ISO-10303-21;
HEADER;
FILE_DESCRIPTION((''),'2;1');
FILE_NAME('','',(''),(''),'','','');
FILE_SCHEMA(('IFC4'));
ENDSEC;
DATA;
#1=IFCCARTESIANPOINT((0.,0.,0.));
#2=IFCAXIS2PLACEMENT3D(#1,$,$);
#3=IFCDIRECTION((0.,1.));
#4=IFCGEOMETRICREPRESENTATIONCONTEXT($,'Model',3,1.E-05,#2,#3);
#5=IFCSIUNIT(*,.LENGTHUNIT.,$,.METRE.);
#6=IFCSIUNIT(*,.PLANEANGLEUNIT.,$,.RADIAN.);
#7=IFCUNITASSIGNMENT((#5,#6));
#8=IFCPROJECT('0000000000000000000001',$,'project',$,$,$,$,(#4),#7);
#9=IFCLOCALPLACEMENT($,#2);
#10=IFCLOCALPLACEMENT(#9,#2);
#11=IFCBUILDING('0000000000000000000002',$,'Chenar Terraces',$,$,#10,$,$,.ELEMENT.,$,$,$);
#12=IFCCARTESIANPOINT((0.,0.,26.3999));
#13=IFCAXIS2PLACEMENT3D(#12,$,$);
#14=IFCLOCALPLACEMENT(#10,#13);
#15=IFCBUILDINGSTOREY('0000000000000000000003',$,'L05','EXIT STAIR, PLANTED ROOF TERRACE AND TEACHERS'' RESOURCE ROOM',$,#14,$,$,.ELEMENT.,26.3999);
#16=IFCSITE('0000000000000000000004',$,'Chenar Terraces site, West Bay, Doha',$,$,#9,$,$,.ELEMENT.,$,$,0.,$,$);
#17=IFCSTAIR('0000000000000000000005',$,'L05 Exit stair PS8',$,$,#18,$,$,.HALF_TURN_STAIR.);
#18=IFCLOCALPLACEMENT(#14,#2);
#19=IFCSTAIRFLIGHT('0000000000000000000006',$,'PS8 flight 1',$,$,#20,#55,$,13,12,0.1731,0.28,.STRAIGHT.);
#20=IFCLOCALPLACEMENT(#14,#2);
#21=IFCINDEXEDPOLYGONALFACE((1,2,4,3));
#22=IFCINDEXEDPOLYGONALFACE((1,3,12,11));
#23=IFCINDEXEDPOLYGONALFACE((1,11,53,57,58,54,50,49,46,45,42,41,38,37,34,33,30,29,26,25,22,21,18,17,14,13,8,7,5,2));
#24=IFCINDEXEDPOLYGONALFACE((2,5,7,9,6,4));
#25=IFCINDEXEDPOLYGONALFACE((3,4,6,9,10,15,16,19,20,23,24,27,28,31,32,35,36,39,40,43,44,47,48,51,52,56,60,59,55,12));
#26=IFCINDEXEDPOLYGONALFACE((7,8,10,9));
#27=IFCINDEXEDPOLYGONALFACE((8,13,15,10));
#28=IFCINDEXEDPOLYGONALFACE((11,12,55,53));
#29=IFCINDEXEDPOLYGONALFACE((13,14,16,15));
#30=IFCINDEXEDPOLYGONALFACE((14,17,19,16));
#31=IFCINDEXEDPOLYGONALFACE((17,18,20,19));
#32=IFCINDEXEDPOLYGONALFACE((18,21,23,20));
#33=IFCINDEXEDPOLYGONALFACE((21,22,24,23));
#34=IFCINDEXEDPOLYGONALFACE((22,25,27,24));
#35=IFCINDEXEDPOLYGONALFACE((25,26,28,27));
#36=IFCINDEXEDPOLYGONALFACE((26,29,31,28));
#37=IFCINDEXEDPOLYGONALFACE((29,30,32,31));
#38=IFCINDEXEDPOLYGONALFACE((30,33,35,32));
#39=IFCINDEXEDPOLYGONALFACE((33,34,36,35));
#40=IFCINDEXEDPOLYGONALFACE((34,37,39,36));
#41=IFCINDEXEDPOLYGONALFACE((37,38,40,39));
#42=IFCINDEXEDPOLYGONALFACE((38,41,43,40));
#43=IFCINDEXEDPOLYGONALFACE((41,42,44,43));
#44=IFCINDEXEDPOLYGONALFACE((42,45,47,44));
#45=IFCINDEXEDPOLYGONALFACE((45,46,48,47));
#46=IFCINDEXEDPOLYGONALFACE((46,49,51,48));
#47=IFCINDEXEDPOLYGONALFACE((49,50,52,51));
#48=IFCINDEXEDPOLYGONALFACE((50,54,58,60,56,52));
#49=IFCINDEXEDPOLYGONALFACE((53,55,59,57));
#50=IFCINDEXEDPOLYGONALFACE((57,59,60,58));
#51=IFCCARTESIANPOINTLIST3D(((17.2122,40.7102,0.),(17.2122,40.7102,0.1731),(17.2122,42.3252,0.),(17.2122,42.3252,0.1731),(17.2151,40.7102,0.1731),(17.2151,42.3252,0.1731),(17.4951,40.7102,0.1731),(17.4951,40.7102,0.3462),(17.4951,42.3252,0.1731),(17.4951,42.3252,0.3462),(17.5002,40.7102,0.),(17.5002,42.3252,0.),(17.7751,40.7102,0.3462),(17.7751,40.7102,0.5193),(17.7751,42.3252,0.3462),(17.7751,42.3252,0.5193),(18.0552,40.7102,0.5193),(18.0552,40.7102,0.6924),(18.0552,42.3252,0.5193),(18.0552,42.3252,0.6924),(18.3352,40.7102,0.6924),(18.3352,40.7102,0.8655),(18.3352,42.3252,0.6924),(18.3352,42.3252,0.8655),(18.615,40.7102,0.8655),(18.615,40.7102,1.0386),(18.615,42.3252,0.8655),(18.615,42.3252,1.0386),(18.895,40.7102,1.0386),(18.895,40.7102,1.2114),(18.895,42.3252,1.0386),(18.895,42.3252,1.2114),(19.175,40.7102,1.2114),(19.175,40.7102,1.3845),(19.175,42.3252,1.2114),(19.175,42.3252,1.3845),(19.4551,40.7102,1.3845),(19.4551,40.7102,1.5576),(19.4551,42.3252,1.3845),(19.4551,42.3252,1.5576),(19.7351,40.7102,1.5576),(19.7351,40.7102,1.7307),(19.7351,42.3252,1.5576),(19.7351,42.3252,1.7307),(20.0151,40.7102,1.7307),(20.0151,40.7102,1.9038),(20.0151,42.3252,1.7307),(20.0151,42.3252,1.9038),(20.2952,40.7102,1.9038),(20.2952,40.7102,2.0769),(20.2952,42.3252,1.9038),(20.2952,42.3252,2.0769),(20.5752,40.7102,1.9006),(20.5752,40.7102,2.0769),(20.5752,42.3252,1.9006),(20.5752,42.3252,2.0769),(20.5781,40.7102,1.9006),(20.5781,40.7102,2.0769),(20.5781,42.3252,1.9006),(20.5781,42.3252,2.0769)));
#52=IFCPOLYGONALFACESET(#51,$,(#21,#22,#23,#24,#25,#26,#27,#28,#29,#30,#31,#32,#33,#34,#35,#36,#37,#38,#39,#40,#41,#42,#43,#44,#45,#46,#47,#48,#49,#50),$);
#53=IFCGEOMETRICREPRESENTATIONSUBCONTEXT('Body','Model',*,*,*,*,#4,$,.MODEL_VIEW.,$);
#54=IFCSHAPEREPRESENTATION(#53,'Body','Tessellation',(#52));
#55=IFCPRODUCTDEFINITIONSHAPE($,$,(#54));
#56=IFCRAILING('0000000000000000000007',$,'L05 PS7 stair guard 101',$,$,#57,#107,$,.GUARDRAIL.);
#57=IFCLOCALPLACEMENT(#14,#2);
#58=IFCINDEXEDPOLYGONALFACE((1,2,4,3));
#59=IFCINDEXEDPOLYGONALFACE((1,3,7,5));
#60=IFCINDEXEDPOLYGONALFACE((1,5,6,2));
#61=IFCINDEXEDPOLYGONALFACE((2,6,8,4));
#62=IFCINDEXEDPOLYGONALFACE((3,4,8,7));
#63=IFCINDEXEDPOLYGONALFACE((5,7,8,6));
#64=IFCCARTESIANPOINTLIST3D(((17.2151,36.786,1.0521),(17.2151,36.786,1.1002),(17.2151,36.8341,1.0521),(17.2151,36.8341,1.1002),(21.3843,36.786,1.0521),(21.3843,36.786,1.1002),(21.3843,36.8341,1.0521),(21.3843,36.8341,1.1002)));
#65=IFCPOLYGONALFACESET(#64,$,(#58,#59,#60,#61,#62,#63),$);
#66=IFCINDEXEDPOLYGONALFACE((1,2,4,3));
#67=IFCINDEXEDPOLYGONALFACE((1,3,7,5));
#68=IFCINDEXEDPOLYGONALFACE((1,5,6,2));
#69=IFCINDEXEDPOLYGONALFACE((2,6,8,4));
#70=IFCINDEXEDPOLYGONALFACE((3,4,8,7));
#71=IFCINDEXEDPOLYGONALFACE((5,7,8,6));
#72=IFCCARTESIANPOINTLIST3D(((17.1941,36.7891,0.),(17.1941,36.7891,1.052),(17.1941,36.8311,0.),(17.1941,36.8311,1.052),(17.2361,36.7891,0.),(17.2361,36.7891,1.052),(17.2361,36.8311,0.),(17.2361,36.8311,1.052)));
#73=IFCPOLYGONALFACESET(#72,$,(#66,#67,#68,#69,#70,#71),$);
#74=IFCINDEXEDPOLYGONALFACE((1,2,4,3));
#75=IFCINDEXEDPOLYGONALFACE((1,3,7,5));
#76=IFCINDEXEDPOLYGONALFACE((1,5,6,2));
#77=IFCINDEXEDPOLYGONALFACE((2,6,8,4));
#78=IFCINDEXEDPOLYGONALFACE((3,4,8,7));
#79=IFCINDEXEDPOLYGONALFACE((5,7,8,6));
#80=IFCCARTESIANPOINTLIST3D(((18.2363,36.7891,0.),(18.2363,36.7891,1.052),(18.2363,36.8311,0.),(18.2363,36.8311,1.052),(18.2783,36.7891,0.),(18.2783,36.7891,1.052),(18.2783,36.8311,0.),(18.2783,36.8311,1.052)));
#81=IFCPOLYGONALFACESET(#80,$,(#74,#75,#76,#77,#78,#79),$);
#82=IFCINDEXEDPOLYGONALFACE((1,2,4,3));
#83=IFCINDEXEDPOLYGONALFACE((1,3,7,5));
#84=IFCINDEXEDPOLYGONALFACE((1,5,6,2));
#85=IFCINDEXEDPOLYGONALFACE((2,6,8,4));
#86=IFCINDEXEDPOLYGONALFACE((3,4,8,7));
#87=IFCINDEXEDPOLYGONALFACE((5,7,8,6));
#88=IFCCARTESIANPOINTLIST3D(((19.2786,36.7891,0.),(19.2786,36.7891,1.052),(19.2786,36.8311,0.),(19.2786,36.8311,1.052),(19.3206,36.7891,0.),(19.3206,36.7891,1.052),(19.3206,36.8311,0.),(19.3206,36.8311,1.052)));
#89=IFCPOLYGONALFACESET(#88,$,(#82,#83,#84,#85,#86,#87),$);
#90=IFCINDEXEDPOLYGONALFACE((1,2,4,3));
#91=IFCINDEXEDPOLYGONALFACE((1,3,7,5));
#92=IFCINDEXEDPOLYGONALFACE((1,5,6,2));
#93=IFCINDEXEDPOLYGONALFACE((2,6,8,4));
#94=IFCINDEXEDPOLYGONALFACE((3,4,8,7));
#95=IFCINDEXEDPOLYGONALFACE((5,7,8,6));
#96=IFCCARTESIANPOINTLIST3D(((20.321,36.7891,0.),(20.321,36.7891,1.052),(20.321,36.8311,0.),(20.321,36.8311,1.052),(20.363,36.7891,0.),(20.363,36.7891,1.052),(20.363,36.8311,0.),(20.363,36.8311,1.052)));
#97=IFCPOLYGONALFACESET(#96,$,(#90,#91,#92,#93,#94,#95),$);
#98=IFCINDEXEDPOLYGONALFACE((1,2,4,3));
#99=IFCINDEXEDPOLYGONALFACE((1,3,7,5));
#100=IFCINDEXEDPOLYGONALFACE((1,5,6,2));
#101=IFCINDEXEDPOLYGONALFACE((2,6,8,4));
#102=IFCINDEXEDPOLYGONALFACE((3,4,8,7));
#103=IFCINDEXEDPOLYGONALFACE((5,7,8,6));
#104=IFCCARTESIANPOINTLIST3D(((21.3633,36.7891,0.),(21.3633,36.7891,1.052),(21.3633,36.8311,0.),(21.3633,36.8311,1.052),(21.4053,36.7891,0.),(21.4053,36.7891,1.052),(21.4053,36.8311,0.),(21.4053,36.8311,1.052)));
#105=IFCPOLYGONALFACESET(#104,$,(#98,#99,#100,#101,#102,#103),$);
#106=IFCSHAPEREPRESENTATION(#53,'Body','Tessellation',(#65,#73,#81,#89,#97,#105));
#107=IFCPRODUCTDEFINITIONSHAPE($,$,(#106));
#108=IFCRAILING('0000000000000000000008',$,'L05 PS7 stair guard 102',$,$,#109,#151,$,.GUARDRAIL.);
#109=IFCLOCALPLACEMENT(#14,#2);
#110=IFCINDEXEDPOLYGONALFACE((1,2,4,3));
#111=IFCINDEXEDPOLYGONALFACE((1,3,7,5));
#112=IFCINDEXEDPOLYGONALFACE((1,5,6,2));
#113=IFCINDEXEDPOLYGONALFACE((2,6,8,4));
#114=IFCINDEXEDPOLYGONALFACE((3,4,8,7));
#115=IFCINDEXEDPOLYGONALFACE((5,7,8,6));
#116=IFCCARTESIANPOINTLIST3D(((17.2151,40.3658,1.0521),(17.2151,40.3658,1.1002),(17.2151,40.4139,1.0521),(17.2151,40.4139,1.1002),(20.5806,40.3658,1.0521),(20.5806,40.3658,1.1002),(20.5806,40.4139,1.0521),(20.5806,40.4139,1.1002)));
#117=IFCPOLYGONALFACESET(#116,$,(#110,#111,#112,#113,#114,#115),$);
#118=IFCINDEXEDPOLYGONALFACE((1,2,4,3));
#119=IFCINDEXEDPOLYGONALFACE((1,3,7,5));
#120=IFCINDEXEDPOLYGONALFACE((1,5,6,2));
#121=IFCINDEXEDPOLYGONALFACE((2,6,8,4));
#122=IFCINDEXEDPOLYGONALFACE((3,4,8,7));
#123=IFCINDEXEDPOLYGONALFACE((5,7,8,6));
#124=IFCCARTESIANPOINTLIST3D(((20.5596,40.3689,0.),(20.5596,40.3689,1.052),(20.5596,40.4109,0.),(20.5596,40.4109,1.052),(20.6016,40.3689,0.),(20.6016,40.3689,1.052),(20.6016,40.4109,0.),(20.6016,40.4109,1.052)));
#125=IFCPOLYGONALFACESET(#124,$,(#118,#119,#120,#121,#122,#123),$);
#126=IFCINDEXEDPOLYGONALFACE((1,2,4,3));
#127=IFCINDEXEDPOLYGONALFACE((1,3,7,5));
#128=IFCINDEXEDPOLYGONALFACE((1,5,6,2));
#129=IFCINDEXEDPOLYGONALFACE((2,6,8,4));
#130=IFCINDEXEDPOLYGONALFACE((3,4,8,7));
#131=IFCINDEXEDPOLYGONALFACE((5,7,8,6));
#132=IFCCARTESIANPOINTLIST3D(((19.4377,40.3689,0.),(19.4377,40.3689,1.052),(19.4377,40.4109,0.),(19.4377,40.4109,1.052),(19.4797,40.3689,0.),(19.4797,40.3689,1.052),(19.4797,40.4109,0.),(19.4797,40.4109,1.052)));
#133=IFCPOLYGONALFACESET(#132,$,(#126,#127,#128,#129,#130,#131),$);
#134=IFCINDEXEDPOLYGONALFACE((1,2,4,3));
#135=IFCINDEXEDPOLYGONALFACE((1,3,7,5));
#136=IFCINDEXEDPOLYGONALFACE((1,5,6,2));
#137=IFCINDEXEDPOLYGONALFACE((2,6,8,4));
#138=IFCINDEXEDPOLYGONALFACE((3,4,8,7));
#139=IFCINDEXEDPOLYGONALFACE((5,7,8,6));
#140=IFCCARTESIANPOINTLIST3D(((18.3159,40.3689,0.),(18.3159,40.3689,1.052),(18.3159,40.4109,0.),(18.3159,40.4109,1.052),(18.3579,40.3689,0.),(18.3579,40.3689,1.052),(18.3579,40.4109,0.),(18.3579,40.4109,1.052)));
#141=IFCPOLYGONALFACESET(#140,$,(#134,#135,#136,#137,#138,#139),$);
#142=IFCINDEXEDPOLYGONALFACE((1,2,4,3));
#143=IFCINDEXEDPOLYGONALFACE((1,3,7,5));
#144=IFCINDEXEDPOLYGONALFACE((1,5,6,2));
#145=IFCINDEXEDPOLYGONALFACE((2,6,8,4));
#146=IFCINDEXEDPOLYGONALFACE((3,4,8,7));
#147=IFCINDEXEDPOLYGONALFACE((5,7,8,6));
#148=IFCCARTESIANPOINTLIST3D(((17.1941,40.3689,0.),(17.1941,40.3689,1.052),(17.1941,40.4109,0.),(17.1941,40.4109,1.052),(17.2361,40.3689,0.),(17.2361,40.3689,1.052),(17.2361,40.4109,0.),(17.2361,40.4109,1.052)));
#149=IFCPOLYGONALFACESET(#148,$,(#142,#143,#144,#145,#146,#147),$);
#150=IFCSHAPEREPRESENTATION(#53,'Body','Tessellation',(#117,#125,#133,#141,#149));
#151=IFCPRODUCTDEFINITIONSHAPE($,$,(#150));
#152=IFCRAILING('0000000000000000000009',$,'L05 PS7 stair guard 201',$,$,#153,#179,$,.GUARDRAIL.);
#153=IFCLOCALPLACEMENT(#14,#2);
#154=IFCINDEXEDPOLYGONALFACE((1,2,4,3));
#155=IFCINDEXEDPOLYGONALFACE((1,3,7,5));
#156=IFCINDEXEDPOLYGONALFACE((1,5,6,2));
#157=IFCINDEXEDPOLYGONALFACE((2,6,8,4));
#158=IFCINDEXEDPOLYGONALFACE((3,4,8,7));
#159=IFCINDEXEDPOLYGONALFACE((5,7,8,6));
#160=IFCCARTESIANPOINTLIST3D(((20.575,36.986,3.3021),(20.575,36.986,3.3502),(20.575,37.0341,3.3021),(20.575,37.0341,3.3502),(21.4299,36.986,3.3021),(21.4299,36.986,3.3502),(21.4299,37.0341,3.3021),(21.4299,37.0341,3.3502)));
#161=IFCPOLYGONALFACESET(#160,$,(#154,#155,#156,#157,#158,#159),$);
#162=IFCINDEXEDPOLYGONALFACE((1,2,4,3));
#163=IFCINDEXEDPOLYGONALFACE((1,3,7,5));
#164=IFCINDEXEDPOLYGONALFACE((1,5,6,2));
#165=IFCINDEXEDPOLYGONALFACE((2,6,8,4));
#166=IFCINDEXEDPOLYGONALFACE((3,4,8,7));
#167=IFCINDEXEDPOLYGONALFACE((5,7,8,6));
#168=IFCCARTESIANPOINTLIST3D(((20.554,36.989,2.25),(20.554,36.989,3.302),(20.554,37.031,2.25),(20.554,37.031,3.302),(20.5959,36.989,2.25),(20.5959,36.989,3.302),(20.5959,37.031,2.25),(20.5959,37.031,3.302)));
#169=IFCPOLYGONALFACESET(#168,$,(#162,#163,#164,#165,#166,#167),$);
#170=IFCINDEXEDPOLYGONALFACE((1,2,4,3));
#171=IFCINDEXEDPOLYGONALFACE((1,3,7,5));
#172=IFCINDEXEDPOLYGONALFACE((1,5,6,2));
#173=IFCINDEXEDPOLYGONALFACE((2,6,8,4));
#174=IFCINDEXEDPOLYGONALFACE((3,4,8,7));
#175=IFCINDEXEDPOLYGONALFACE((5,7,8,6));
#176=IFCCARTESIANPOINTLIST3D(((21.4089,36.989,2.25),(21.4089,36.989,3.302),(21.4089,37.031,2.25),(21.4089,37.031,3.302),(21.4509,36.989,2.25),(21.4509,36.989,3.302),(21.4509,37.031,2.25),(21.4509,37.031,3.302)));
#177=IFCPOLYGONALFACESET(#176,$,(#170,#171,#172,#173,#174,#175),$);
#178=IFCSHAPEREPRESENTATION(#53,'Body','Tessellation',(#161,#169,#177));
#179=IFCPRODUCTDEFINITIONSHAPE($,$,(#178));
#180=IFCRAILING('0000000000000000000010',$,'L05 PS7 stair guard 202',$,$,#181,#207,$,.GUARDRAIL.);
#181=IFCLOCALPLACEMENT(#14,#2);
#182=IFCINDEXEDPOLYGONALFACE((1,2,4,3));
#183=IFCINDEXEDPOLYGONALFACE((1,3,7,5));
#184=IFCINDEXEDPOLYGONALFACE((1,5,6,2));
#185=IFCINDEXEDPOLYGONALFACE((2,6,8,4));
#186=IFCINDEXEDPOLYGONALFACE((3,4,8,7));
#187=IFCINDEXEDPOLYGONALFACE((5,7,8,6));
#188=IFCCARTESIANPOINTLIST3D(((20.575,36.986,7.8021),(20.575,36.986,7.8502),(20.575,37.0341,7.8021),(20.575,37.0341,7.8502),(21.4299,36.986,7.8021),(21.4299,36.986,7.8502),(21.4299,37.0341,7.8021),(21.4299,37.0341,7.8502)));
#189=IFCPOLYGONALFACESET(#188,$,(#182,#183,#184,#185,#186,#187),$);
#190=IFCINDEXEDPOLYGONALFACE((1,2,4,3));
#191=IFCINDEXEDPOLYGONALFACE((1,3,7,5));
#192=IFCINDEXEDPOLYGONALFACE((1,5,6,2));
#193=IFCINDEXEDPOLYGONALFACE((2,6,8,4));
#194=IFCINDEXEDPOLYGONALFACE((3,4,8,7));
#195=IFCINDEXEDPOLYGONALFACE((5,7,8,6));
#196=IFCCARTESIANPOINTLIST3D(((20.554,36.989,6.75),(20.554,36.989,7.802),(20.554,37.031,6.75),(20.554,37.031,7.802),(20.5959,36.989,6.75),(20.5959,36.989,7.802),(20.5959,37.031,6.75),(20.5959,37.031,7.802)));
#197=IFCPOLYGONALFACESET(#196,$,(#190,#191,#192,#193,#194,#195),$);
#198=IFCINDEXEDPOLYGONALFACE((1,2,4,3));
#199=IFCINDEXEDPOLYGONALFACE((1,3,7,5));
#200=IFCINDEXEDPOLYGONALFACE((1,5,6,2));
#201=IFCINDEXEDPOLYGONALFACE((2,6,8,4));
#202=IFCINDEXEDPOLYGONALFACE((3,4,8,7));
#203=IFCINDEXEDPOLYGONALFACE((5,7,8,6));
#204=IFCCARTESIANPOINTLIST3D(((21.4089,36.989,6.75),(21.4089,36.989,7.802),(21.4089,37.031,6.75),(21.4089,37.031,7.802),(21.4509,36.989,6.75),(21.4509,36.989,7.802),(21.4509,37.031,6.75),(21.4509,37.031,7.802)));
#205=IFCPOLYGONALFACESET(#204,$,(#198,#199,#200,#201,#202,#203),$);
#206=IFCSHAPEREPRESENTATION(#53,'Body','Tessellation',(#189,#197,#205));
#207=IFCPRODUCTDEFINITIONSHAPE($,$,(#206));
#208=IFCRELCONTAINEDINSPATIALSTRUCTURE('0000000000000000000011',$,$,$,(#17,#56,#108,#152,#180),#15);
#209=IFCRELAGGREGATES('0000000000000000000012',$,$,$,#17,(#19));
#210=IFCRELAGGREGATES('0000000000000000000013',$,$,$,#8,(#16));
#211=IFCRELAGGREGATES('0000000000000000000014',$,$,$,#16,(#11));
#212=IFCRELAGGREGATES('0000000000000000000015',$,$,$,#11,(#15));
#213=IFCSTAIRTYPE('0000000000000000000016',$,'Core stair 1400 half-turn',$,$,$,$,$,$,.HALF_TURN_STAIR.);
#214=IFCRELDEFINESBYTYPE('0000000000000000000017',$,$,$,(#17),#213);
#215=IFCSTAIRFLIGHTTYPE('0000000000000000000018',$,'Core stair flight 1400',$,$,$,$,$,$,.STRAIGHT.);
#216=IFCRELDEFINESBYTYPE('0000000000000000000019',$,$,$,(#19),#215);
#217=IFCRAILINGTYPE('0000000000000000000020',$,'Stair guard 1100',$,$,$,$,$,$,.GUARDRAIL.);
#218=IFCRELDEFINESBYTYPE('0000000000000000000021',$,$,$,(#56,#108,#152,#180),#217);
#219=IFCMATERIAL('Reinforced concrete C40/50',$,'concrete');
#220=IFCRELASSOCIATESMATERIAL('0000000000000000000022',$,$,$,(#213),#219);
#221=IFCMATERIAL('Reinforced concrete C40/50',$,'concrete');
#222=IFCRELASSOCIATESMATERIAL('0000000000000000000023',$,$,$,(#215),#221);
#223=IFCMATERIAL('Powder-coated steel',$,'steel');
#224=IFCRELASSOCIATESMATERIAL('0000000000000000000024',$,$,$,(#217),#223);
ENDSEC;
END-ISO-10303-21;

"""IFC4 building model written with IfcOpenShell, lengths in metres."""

from ifc_helpers import new_model, si_unit, direction, frame, origin, origin_2d, place, context, subcontext, project, spatial, polyline, rectangle, outline, extrude, material, type_object, element, aggregate, save


model = new_model("IFC4")

# Units and contexts
model_context = context("Model", 3, precision=1e-05, world=origin(), true_north=direction((0.0, 1.0)))
body_context = subcontext(model_context, "Body", "Model", "MODEL_VIEW")
ifc_project = project(units=[si_unit("LENGTHUNIT", "METRE"), si_unit("PLANEANGLEUNIT", "RADIAN")], contexts=[model_context])

# Site, building, storey
site_placement = place(None, origin())
site = spatial("IfcSite", under=ifc_project, at=site_placement, Name="Chenar Terraces site, West Bay, Doha", CompositionType="ELEMENT", RefElevation=0.0)
building_placement = place(site_placement, origin())
building = spatial("IfcBuilding", under=site, at=building_placement, Name="Chenar Terraces", CompositionType="ELEMENT")
storey_placement = place(building_placement, frame((0.0, 0.0, 26.3999)))
storey = spatial("IfcBuildingStorey", under=building, at=storey_placement, Name="L05", Description="EXIT STAIR, PLANTED ROOF TERRACE AND TEACHERS' RESOURCE ROOM", CompositionType="ELEMENT", Elevation=26.3999)

# Shared definitions
ifc_material_1 = material(Name="Reinforced concrete C40/50", Category="concrete")
stair_type = type_object("IfcStairType", Name="Core stair 1400 half-turn", PredefinedType="HALF_TURN_STAIR", material=ifc_material_1)
placement = place(storey_placement, origin())
ifc_material_2 = material(Name="Reinforced concrete C40/50", Category="concrete")
stair_flight_type = type_object("IfcStairFlightType", Name="Core stair flight 1400", PredefinedType="STRAIGHT", material=ifc_material_2)

# Stair, stair flight
stair_1 = element("IfcStair", 1, at=placement, inside=storey, type_object=stair_type, Name="L05 Exit stair PS8", PredefinedType="HALF_TURN_STAIR")
stair_flight_1_placement = place(storey_placement, frame((17.2151, 41.5176, 0.0), z_axis=(0.0, 0.0, 1.0), x_axis=(1.0, 0.0, 0.0)))
stair_flight_1 = element("IfcStairFlight", 2, at=stair_flight_1_placement, type_object=stair_flight_type, Name="PS8 flight 1", NumberOfRisers=13, NumberOfTreads=12, PredefinedType="STRAIGHT", RiserHeight=0.1731, TreadLength=0.28, context=body_context, shape_type="SweptSolid", body=[
    extrude(outline(polyline([(-0.0029, 0.0), (-0.0029, 0.1731), (0.0, 0.1731), (0.28, 0.1731), (0.28, 0.3462), (0.5601, 0.3462), (0.5601, 0.5193), (0.8401, 0.5193), (0.8401, 0.6924), (1.1201, 0.6924), (1.1201, 0.8655), (1.3999, 0.8655), (1.3999, 1.0386), (1.6799, 1.0386), (1.6799, 1.2114), (1.96, 1.2114), (1.96, 1.3845), (2.24, 1.3845), (2.24, 1.5576), (2.52, 1.5576), (2.52, 1.7307), (2.8, 1.7307), (2.8, 1.9038), (3.0801, 1.9038), (3.0801, 2.0769), (3.3601, 2.0769), (3.363, 2.0769), (3.363, 1.9006), (3.3601, 1.9006), (0.2852, 0.0), (-0.0029, 0.0)])), frame((0.0, 0.8076, 0.0), z_axis=(0.0, -1.0, 0.0), x_axis=(1.0, 0.0, 0.0)), (0.0, 0.0, 1.0), 1.615),
])
aggregate(stair_1, [stair_flight_1])

# Railings
ifc_material_3 = material(Name="Powder-coated steel", Category="steel")
railing_type_1 = type_object("IfcRailingType", Name="Stair guard 1100", PredefinedType="GUARDRAIL", material=ifc_material_3)
railing_1_placement = place(storey_placement, frame((17.2151, 36.8101, 0.0)))
element("IfcRailing", 3, at=railing_1_placement, inside=storey, type_object=railing_type_1, Name="L05 PS7 stair guard 101", PredefinedType="GUARDRAIL", context=body_context, shape_type="SweptSolid", body=[
    extrude(rectangle(XDim=0.0481, YDim=0.0481, at=origin_2d()), frame((0.0, 0.0, 1.0762), z_axis=(1.0, 0.0, 0.0), x_axis=(0.0, 1.0, 0.0)), (0.0, 0.0, 1.0), 4.1692),
    extrude(rectangle(XDim=0.042, YDim=0.042, at=origin_2d()), origin(), (0.0, 0.0, 1.0), 1.052),
    extrude(rectangle(XDim=0.042, YDim=0.042, at=origin_2d()), frame((1.0422, 0.0, 0.0)), (0.0, 0.0, 1.0), 1.052),
    extrude(rectangle(XDim=0.042, YDim=0.042, at=origin_2d()), frame((2.0845, 0.0, 0.0)), (0.0, 0.0, 1.0), 1.052),
    extrude(rectangle(XDim=0.042, YDim=0.042, at=origin_2d()), frame((3.127, 0.0, 0.0)), (0.0, 0.0, 1.0), 1.052),
    extrude(rectangle(XDim=0.042, YDim=0.042, at=origin_2d()), frame((4.1692, 0.0, 0.0)), (0.0, 0.0, 1.0), 1.052),
])
railing_2_placement = place(storey_placement, frame((20.5806, 40.3899, 0.0)))
element("IfcRailing", 4, at=railing_2_placement, inside=storey, type_object=railing_type_1, Name="L05 PS7 stair guard 102", PredefinedType="GUARDRAIL", context=body_context, shape_type="SweptSolid", body=[
    extrude(rectangle(XDim=0.0481, YDim=0.0481, at=origin_2d()), frame((0.0, 0.0, 1.0762), z_axis=(-1.0, 0.0, 0.0), x_axis=(0.0, -1.0, 0.0)), (0.0, 0.0, 1.0), 3.3655),
    extrude(rectangle(XDim=0.042, YDim=0.042, at=origin_2d()), origin(), (0.0, 0.0, 1.0), 1.052),
    extrude(rectangle(XDim=0.042, YDim=0.042, at=origin_2d()), frame((-1.1218, 0.0, 0.0)), (0.0, 0.0, 1.0), 1.052),
    extrude(rectangle(XDim=0.042, YDim=0.042, at=origin_2d()), frame((-2.2437, 0.0, 0.0)), (0.0, 0.0, 1.0), 1.052),
    extrude(rectangle(XDim=0.042, YDim=0.042, at=origin_2d()), frame((-3.3655, 0.0, 0.0)), (0.0, 0.0, 1.0), 1.052),
])
for number, where, name in (
    (5, (20.575, 37.01, 2.25), "L05 PS7 stair guard 201"),
    (6, (20.575, 37.01, 6.75), "L05 PS7 stair guard 202"),
):
    element("IfcRailing", number, at=place(storey_placement, frame(where)), inside=storey, type_object=railing_type_1, Name=name, PredefinedType="GUARDRAIL", context=body_context, shape_type="SweptSolid", body=[
        extrude(rectangle(XDim=0.0481, YDim=0.0481, at=origin_2d()), frame((0.0, 0.0, 1.0762), z_axis=(1.0, 0.0, 0.0), x_axis=(0.0, 1.0, 0.0)), (0.0, 0.0, 1.0), 0.855),
        extrude(rectangle(XDim=0.042, YDim=0.042, at=origin_2d()), origin(), (0.0, 0.0, 1.0), 1.052),
        extrude(rectangle(XDim=0.042, YDim=0.042, at=origin_2d()), frame((0.855, 0.0, 0.0)), (0.0, 0.0, 1.0), 1.052),
    ])

save(model, "model.ifc")
